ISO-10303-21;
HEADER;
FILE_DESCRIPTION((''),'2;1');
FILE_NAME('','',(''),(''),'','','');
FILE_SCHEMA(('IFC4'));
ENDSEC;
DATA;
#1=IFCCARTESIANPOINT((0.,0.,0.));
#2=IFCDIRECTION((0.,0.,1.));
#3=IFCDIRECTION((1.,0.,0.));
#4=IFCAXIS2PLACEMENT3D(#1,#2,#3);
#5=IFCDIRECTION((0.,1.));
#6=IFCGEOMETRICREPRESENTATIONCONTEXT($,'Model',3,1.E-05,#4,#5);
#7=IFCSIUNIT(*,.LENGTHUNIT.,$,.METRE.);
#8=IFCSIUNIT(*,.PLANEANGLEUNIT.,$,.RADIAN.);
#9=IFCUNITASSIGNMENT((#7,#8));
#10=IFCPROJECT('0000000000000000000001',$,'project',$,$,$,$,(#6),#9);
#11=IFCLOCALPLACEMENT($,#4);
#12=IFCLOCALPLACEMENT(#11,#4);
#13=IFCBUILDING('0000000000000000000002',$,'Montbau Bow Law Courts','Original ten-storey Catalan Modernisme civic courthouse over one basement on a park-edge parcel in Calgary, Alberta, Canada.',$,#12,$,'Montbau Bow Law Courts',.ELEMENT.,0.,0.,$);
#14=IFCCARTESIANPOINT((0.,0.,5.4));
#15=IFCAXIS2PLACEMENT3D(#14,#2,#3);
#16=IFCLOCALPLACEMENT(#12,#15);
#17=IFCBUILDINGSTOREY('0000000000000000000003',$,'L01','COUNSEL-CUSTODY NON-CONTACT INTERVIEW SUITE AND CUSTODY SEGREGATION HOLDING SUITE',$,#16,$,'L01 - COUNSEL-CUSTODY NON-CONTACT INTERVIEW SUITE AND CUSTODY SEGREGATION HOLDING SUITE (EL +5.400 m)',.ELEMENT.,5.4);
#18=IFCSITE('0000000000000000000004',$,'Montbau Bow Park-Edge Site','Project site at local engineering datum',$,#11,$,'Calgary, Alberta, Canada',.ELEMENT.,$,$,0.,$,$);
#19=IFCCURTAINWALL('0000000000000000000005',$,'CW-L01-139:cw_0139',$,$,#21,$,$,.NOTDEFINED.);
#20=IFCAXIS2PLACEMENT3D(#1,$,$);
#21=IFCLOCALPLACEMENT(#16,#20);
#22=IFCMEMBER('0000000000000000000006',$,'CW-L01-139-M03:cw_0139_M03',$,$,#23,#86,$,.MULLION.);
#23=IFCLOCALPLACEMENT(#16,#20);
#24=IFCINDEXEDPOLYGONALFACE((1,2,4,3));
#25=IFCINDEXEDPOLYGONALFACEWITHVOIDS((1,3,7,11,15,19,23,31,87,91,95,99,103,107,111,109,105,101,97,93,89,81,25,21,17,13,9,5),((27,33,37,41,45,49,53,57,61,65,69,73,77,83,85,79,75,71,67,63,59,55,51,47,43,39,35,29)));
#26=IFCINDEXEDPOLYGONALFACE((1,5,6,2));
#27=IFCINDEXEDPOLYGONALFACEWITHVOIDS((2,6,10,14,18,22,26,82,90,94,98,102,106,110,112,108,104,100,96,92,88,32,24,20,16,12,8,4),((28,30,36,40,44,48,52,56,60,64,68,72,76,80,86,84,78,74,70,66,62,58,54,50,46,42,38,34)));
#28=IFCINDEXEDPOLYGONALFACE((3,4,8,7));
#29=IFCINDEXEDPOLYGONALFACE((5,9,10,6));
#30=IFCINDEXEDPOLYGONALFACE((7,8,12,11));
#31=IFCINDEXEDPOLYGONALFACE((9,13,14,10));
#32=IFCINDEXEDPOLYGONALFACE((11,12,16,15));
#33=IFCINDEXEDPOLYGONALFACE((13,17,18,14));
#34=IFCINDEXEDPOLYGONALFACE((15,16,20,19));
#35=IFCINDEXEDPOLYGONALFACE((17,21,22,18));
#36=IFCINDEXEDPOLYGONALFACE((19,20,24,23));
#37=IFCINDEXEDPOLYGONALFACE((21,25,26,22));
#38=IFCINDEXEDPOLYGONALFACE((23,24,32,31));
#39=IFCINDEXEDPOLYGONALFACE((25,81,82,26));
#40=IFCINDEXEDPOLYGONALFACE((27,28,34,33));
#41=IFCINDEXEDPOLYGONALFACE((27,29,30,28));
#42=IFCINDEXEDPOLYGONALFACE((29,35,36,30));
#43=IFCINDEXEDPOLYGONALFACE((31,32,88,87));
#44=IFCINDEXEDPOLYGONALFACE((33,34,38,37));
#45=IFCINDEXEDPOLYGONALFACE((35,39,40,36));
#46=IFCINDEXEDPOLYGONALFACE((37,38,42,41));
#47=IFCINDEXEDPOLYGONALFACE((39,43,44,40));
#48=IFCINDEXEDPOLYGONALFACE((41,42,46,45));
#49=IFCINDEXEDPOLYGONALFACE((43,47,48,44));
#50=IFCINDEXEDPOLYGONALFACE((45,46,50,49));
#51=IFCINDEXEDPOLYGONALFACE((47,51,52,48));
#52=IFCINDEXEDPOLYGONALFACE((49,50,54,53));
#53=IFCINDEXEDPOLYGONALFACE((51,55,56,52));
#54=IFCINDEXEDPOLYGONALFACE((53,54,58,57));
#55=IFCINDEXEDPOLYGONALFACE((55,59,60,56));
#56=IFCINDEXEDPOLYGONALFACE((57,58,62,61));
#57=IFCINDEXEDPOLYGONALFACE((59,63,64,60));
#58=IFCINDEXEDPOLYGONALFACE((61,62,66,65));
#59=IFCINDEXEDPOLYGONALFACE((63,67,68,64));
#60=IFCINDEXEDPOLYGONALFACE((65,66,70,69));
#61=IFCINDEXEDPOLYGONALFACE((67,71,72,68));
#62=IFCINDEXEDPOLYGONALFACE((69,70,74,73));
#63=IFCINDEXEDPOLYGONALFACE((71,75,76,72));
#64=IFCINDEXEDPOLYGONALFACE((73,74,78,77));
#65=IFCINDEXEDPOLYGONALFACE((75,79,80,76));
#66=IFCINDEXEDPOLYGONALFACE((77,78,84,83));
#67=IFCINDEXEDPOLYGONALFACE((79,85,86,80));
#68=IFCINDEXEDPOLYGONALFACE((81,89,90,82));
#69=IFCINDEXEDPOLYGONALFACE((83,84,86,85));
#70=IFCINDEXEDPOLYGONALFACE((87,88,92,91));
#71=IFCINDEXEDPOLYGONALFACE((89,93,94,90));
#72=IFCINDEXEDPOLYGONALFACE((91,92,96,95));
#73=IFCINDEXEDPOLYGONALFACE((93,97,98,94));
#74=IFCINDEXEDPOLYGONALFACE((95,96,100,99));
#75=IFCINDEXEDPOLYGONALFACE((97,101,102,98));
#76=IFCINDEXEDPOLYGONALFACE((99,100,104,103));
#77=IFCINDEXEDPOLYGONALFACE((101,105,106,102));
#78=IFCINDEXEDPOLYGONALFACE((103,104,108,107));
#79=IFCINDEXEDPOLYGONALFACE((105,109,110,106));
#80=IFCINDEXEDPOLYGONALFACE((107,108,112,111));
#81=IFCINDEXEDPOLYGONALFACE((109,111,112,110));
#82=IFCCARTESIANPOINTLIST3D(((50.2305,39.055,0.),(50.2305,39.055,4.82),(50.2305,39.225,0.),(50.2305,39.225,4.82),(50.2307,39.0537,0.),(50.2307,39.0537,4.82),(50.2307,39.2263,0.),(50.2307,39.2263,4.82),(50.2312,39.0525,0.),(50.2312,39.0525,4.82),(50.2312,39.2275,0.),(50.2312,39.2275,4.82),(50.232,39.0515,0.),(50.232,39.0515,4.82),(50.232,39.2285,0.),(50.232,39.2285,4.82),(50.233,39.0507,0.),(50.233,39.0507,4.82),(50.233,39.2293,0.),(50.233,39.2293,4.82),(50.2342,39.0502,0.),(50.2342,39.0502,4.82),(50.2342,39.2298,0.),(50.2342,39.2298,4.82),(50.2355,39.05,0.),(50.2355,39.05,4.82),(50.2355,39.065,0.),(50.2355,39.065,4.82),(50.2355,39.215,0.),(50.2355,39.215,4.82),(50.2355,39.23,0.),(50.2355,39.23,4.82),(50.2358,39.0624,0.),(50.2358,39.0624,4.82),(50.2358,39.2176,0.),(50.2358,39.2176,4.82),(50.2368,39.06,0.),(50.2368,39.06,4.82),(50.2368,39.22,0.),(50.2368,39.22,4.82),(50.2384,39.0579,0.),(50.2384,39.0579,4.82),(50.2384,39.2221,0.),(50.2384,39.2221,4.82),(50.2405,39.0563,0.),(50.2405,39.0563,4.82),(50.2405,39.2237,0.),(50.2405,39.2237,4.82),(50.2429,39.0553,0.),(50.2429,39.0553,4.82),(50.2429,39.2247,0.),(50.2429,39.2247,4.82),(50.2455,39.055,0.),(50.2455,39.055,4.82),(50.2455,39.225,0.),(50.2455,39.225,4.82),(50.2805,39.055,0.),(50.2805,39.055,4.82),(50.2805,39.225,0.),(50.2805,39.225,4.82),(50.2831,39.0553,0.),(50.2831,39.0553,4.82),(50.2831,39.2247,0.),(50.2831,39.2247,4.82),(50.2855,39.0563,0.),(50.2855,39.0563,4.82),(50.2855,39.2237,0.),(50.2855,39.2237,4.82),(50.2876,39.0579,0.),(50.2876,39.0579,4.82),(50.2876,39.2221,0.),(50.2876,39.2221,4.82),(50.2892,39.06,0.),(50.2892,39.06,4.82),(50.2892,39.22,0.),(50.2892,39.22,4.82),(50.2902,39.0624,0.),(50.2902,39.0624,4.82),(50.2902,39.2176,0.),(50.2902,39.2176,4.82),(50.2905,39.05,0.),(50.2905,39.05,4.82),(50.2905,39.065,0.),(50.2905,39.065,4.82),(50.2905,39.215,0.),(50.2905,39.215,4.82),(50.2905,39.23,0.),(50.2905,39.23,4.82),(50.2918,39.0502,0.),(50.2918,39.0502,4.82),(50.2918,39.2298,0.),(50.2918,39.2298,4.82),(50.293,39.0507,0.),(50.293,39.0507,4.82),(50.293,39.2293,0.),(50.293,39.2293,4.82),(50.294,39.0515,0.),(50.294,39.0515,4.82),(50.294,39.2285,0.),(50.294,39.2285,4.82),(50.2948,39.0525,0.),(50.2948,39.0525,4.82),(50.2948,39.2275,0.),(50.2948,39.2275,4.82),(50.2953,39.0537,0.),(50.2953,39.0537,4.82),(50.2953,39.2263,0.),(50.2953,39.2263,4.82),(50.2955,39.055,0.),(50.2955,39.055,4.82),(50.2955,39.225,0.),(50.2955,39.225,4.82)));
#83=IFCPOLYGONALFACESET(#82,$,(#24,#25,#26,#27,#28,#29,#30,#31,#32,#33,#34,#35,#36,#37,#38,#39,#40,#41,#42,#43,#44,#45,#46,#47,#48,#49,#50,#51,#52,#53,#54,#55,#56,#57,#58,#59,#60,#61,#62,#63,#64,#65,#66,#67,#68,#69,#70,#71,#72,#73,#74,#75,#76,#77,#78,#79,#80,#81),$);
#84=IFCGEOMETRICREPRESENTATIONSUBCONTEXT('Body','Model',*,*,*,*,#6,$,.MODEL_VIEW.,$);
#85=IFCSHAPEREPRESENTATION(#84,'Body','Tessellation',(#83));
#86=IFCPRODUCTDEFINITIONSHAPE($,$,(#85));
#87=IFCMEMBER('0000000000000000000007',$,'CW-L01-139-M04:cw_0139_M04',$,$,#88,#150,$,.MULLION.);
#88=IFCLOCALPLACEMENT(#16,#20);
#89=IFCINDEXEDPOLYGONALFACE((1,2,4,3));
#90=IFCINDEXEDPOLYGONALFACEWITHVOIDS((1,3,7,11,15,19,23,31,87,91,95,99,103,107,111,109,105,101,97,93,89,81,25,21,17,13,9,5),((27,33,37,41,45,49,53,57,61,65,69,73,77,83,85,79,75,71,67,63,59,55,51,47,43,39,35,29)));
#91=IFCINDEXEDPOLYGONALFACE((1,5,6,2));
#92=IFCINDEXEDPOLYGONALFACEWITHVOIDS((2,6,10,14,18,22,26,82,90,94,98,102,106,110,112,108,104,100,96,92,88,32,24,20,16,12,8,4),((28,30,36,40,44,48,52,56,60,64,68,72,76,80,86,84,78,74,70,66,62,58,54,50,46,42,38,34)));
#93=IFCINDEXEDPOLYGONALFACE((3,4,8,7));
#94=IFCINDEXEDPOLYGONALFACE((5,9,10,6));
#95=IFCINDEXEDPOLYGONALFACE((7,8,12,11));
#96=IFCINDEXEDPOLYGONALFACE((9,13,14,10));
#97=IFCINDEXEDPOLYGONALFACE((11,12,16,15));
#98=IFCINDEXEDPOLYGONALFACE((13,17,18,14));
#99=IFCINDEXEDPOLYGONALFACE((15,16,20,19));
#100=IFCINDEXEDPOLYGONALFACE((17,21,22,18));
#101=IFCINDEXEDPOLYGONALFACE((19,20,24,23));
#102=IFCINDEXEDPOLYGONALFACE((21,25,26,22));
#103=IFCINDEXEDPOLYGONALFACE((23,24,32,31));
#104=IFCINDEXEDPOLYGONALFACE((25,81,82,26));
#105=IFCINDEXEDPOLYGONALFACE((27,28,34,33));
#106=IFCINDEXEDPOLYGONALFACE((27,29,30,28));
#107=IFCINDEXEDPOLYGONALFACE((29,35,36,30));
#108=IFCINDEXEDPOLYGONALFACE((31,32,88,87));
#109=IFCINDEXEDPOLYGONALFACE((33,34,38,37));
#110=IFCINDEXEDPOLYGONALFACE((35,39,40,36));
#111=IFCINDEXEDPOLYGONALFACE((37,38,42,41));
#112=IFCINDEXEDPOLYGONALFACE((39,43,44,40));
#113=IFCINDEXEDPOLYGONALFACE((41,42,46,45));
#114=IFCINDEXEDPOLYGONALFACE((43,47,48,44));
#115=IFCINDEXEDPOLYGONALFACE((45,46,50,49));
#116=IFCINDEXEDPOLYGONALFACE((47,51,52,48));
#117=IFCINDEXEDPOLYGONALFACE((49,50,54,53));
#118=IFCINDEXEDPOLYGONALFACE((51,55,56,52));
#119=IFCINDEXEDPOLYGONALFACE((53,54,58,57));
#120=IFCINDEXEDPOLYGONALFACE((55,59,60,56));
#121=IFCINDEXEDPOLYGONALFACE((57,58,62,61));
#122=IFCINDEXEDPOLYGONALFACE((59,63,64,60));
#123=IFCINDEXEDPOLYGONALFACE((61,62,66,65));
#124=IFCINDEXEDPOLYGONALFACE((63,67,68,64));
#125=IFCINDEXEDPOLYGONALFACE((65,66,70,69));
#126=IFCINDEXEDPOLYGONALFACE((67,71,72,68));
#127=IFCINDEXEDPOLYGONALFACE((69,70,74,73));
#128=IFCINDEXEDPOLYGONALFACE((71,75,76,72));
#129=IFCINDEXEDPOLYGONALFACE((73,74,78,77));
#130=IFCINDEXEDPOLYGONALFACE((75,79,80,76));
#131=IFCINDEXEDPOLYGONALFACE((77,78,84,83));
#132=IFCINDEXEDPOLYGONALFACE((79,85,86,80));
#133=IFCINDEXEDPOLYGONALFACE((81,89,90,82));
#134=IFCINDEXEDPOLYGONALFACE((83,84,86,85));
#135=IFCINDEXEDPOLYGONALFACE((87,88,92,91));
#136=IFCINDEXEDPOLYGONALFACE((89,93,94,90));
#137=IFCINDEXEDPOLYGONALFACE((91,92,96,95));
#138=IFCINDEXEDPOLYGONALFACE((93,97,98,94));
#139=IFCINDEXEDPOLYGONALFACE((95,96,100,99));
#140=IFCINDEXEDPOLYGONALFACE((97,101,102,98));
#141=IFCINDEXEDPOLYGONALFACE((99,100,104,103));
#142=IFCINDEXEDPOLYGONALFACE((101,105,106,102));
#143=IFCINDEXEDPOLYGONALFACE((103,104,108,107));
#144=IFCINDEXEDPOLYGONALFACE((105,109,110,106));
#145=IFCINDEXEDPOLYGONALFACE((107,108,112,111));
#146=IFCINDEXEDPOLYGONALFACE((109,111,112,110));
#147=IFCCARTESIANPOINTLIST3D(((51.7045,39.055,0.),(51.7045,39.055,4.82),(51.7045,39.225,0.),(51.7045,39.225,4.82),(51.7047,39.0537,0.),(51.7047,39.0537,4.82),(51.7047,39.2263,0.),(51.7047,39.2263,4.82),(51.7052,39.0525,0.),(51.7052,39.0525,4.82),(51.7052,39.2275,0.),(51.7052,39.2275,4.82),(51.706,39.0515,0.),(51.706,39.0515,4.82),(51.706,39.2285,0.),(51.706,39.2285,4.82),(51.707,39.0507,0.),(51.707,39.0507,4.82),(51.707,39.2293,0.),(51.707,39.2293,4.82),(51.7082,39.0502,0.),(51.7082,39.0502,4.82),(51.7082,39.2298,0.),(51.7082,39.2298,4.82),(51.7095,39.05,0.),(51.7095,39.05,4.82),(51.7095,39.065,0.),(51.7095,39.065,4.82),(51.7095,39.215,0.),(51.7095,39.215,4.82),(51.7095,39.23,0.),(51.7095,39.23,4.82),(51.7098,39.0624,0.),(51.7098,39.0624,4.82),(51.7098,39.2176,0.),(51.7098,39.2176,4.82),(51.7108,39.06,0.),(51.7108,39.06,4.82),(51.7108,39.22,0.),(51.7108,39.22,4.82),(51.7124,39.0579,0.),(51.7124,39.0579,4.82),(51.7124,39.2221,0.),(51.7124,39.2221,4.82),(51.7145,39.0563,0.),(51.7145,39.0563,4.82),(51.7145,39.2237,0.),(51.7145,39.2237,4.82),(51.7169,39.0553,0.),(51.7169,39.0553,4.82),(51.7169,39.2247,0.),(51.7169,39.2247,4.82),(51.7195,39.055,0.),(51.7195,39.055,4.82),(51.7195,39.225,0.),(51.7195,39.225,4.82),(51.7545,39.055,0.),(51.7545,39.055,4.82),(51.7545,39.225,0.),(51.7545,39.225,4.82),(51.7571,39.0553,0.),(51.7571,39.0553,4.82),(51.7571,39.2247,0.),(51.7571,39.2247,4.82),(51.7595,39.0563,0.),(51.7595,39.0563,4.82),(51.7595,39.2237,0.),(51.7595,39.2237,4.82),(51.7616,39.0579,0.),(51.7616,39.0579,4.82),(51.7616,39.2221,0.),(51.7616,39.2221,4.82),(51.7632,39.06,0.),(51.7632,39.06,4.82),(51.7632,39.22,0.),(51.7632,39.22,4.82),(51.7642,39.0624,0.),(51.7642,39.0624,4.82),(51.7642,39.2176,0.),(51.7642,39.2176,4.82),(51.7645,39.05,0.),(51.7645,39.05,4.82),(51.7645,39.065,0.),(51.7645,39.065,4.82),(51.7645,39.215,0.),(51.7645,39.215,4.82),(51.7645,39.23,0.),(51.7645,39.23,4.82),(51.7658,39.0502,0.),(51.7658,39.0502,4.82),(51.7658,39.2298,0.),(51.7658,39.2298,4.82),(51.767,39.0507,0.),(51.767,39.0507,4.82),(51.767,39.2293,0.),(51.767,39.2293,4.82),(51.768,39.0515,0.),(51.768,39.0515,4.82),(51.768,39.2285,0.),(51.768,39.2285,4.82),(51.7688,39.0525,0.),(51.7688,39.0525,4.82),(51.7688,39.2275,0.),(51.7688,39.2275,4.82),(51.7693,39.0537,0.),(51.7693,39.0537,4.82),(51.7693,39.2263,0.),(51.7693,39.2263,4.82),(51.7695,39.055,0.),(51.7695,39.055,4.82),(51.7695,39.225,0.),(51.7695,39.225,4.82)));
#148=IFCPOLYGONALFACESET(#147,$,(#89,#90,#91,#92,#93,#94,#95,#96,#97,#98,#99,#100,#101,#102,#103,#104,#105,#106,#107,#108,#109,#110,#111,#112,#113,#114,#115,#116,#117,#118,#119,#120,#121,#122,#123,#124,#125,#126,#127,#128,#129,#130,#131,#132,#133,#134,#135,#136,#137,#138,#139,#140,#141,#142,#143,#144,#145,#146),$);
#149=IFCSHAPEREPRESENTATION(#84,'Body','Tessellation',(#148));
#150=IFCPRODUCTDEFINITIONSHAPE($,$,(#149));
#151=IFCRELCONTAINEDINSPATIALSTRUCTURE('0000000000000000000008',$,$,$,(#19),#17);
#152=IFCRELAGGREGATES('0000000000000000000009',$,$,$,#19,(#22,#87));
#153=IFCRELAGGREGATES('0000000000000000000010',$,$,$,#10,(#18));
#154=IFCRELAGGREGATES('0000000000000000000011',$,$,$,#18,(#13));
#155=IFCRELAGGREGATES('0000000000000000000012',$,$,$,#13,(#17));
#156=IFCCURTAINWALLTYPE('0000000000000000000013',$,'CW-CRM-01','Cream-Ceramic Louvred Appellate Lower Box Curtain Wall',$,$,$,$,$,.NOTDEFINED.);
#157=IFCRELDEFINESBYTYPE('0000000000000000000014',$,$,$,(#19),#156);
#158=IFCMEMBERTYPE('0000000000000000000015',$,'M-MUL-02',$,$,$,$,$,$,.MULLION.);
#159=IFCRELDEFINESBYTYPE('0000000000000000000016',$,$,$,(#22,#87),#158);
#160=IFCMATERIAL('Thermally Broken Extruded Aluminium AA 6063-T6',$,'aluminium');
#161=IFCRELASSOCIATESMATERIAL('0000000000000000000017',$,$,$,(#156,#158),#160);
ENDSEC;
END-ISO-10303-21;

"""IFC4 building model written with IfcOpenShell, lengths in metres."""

from ifc_helpers import new_model, si_unit, direction, frame, origin_with_axes, origin_2d_with_axis, place, context, subcontext, project, spatial, hollow_rectangle, extrude, material, material_profile, profile_set, type_object, element, aggregate, save


model = new_model("IFC4")

# Units and contexts
model_context = context("Model", 3, precision=1e-05, world=origin_with_axes(), true_north=direction((0.0, 1.0)))
body_context = subcontext(model_context, "Body", "Model", "MODEL_VIEW")
ifc_project = project(units=[si_unit("LENGTHUNIT", "METRE"), si_unit("PLANEANGLEUNIT", "RADIAN")], contexts=[model_context])

# Site, building, storey
site_placement = place(None, origin_with_axes())
site = spatial("IfcSite", under=ifc_project, at=site_placement, Name="Montbau Bow Park-Edge Site", Description="Project site at local engineering datum", LongName="Calgary, Alberta, Canada", CompositionType="ELEMENT", RefElevation=0.0)
building_placement = place(site_placement, origin_with_axes())
building = spatial("IfcBuilding", under=site, at=building_placement, Name="Montbau Bow Law Courts", Description="Original ten-storey Catalan Modernisme civic courthouse over one basement on a park-edge parcel in Calgary, Alberta, Canada.", LongName="Montbau Bow Law Courts", CompositionType="ELEMENT", ElevationOfRefHeight=0.0, ElevationOfTerrain=0.0)
storey_placement = place(building_placement, frame((0.0, 0.0, 5.4), z_axis=(0.0, 0.0, 1.0), x_axis=(1.0, 0.0, 0.0)))
storey = spatial("IfcBuildingStorey", under=building, at=storey_placement, Name="L01", Description="COUNSEL-CUSTODY NON-CONTACT INTERVIEW SUITE AND CUSTODY SEGREGATION HOLDING SUITE", LongName="L01 - COUNSEL-CUSTODY NON-CONTACT INTERVIEW SUITE AND CUSTODY SEGREGATION HOLDING SUITE (EL +5.400 m)", CompositionType="ELEMENT", Elevation=5.4)

# Curtain wall, members
ifc_material_1 = material(Name="Thermally Broken Extruded Aluminium AA 6063-T6", Category="aluminium")
curtain_wall_type = type_object("IfcCurtainWallType", Name="CW-CRM-01", Description="Cream-Ceramic Louvred Appellate Lower Box Curtain Wall", PredefinedType="NOTDEFINED", material=ifc_material_1)
curtain_wall_placement = place(None, frame((47.315, 39.14, 5.4), z_axis=(0.0, 0.0, 1.0), x_axis=(1.0, 0.0, 0.0)))
curtain_wall = element("IfcCurtainWall", 1, at=curtain_wall_placement, inside=storey, type_object=curtain_wall_type, Name="CW-L01-139:cw_0139", PredefinedType="NOTDEFINED")
ifc_material_profile_1 = material_profile(ifc_material_1, hollow_rectangle(XDim=0.065, YDim=0.18, WallThickness=0.005, InnerFilletRadius=0.01, OuterFilletRadius=0.005, at=origin_2d_with_axis()), Name="CWM-180X65", Category="Main", Priority=0)
ifc_profile_set_1 = profile_set([ifc_material_profile_1], Name="Thermally Broken Extruded Aluminium AA 6063-T6")
member_type_1 = type_object("IfcMemberType", Name="M-MUL-02", PredefinedType="MULLION", material=ifc_profile_set_1)
member_1_placement = place(None, frame((50.263, 39.14, 5.4), z_axis=(0.0, 0.0, 1.0), x_axis=(1.0, 0.0, 0.0)))
member_1 = element("IfcMember", 2, at=member_1_placement, type_object=member_type_1, Name="CW-L01-139-M03:cw_0139_M03", PredefinedType="MULLION", context=body_context, shape_type="SweptSolid", body=[
    extrude(hollow_rectangle(XDim=0.065, YDim=0.18, WallThickness=0.005, InnerFilletRadius=0.01, OuterFilletRadius=0.005, at=origin_2d_with_axis()), origin_with_axes(), (0.0, 0.0, 1.0), 4.82),
])
member_2_placement = place(None, frame((51.737, 39.14, 5.4), z_axis=(0.0, 0.0, 1.0), x_axis=(1.0, 0.0, 0.0)))
member_2 = element("IfcMember", 3, at=member_2_placement, type_object=member_type_1, Name="CW-L01-139-M04:cw_0139_M04", PredefinedType="MULLION", context=body_context, shape_type="SweptSolid", body=[
    extrude(hollow_rectangle(XDim=0.065, YDim=0.18, WallThickness=0.005, InnerFilletRadius=0.01, OuterFilletRadius=0.005, at=origin_2d_with_axis()), origin_with_axes(), (0.0, 0.0, 1.0), 4.82),
])
aggregate(curtain_wall, [member_1, member_2])

save(model, "model.ifc")
